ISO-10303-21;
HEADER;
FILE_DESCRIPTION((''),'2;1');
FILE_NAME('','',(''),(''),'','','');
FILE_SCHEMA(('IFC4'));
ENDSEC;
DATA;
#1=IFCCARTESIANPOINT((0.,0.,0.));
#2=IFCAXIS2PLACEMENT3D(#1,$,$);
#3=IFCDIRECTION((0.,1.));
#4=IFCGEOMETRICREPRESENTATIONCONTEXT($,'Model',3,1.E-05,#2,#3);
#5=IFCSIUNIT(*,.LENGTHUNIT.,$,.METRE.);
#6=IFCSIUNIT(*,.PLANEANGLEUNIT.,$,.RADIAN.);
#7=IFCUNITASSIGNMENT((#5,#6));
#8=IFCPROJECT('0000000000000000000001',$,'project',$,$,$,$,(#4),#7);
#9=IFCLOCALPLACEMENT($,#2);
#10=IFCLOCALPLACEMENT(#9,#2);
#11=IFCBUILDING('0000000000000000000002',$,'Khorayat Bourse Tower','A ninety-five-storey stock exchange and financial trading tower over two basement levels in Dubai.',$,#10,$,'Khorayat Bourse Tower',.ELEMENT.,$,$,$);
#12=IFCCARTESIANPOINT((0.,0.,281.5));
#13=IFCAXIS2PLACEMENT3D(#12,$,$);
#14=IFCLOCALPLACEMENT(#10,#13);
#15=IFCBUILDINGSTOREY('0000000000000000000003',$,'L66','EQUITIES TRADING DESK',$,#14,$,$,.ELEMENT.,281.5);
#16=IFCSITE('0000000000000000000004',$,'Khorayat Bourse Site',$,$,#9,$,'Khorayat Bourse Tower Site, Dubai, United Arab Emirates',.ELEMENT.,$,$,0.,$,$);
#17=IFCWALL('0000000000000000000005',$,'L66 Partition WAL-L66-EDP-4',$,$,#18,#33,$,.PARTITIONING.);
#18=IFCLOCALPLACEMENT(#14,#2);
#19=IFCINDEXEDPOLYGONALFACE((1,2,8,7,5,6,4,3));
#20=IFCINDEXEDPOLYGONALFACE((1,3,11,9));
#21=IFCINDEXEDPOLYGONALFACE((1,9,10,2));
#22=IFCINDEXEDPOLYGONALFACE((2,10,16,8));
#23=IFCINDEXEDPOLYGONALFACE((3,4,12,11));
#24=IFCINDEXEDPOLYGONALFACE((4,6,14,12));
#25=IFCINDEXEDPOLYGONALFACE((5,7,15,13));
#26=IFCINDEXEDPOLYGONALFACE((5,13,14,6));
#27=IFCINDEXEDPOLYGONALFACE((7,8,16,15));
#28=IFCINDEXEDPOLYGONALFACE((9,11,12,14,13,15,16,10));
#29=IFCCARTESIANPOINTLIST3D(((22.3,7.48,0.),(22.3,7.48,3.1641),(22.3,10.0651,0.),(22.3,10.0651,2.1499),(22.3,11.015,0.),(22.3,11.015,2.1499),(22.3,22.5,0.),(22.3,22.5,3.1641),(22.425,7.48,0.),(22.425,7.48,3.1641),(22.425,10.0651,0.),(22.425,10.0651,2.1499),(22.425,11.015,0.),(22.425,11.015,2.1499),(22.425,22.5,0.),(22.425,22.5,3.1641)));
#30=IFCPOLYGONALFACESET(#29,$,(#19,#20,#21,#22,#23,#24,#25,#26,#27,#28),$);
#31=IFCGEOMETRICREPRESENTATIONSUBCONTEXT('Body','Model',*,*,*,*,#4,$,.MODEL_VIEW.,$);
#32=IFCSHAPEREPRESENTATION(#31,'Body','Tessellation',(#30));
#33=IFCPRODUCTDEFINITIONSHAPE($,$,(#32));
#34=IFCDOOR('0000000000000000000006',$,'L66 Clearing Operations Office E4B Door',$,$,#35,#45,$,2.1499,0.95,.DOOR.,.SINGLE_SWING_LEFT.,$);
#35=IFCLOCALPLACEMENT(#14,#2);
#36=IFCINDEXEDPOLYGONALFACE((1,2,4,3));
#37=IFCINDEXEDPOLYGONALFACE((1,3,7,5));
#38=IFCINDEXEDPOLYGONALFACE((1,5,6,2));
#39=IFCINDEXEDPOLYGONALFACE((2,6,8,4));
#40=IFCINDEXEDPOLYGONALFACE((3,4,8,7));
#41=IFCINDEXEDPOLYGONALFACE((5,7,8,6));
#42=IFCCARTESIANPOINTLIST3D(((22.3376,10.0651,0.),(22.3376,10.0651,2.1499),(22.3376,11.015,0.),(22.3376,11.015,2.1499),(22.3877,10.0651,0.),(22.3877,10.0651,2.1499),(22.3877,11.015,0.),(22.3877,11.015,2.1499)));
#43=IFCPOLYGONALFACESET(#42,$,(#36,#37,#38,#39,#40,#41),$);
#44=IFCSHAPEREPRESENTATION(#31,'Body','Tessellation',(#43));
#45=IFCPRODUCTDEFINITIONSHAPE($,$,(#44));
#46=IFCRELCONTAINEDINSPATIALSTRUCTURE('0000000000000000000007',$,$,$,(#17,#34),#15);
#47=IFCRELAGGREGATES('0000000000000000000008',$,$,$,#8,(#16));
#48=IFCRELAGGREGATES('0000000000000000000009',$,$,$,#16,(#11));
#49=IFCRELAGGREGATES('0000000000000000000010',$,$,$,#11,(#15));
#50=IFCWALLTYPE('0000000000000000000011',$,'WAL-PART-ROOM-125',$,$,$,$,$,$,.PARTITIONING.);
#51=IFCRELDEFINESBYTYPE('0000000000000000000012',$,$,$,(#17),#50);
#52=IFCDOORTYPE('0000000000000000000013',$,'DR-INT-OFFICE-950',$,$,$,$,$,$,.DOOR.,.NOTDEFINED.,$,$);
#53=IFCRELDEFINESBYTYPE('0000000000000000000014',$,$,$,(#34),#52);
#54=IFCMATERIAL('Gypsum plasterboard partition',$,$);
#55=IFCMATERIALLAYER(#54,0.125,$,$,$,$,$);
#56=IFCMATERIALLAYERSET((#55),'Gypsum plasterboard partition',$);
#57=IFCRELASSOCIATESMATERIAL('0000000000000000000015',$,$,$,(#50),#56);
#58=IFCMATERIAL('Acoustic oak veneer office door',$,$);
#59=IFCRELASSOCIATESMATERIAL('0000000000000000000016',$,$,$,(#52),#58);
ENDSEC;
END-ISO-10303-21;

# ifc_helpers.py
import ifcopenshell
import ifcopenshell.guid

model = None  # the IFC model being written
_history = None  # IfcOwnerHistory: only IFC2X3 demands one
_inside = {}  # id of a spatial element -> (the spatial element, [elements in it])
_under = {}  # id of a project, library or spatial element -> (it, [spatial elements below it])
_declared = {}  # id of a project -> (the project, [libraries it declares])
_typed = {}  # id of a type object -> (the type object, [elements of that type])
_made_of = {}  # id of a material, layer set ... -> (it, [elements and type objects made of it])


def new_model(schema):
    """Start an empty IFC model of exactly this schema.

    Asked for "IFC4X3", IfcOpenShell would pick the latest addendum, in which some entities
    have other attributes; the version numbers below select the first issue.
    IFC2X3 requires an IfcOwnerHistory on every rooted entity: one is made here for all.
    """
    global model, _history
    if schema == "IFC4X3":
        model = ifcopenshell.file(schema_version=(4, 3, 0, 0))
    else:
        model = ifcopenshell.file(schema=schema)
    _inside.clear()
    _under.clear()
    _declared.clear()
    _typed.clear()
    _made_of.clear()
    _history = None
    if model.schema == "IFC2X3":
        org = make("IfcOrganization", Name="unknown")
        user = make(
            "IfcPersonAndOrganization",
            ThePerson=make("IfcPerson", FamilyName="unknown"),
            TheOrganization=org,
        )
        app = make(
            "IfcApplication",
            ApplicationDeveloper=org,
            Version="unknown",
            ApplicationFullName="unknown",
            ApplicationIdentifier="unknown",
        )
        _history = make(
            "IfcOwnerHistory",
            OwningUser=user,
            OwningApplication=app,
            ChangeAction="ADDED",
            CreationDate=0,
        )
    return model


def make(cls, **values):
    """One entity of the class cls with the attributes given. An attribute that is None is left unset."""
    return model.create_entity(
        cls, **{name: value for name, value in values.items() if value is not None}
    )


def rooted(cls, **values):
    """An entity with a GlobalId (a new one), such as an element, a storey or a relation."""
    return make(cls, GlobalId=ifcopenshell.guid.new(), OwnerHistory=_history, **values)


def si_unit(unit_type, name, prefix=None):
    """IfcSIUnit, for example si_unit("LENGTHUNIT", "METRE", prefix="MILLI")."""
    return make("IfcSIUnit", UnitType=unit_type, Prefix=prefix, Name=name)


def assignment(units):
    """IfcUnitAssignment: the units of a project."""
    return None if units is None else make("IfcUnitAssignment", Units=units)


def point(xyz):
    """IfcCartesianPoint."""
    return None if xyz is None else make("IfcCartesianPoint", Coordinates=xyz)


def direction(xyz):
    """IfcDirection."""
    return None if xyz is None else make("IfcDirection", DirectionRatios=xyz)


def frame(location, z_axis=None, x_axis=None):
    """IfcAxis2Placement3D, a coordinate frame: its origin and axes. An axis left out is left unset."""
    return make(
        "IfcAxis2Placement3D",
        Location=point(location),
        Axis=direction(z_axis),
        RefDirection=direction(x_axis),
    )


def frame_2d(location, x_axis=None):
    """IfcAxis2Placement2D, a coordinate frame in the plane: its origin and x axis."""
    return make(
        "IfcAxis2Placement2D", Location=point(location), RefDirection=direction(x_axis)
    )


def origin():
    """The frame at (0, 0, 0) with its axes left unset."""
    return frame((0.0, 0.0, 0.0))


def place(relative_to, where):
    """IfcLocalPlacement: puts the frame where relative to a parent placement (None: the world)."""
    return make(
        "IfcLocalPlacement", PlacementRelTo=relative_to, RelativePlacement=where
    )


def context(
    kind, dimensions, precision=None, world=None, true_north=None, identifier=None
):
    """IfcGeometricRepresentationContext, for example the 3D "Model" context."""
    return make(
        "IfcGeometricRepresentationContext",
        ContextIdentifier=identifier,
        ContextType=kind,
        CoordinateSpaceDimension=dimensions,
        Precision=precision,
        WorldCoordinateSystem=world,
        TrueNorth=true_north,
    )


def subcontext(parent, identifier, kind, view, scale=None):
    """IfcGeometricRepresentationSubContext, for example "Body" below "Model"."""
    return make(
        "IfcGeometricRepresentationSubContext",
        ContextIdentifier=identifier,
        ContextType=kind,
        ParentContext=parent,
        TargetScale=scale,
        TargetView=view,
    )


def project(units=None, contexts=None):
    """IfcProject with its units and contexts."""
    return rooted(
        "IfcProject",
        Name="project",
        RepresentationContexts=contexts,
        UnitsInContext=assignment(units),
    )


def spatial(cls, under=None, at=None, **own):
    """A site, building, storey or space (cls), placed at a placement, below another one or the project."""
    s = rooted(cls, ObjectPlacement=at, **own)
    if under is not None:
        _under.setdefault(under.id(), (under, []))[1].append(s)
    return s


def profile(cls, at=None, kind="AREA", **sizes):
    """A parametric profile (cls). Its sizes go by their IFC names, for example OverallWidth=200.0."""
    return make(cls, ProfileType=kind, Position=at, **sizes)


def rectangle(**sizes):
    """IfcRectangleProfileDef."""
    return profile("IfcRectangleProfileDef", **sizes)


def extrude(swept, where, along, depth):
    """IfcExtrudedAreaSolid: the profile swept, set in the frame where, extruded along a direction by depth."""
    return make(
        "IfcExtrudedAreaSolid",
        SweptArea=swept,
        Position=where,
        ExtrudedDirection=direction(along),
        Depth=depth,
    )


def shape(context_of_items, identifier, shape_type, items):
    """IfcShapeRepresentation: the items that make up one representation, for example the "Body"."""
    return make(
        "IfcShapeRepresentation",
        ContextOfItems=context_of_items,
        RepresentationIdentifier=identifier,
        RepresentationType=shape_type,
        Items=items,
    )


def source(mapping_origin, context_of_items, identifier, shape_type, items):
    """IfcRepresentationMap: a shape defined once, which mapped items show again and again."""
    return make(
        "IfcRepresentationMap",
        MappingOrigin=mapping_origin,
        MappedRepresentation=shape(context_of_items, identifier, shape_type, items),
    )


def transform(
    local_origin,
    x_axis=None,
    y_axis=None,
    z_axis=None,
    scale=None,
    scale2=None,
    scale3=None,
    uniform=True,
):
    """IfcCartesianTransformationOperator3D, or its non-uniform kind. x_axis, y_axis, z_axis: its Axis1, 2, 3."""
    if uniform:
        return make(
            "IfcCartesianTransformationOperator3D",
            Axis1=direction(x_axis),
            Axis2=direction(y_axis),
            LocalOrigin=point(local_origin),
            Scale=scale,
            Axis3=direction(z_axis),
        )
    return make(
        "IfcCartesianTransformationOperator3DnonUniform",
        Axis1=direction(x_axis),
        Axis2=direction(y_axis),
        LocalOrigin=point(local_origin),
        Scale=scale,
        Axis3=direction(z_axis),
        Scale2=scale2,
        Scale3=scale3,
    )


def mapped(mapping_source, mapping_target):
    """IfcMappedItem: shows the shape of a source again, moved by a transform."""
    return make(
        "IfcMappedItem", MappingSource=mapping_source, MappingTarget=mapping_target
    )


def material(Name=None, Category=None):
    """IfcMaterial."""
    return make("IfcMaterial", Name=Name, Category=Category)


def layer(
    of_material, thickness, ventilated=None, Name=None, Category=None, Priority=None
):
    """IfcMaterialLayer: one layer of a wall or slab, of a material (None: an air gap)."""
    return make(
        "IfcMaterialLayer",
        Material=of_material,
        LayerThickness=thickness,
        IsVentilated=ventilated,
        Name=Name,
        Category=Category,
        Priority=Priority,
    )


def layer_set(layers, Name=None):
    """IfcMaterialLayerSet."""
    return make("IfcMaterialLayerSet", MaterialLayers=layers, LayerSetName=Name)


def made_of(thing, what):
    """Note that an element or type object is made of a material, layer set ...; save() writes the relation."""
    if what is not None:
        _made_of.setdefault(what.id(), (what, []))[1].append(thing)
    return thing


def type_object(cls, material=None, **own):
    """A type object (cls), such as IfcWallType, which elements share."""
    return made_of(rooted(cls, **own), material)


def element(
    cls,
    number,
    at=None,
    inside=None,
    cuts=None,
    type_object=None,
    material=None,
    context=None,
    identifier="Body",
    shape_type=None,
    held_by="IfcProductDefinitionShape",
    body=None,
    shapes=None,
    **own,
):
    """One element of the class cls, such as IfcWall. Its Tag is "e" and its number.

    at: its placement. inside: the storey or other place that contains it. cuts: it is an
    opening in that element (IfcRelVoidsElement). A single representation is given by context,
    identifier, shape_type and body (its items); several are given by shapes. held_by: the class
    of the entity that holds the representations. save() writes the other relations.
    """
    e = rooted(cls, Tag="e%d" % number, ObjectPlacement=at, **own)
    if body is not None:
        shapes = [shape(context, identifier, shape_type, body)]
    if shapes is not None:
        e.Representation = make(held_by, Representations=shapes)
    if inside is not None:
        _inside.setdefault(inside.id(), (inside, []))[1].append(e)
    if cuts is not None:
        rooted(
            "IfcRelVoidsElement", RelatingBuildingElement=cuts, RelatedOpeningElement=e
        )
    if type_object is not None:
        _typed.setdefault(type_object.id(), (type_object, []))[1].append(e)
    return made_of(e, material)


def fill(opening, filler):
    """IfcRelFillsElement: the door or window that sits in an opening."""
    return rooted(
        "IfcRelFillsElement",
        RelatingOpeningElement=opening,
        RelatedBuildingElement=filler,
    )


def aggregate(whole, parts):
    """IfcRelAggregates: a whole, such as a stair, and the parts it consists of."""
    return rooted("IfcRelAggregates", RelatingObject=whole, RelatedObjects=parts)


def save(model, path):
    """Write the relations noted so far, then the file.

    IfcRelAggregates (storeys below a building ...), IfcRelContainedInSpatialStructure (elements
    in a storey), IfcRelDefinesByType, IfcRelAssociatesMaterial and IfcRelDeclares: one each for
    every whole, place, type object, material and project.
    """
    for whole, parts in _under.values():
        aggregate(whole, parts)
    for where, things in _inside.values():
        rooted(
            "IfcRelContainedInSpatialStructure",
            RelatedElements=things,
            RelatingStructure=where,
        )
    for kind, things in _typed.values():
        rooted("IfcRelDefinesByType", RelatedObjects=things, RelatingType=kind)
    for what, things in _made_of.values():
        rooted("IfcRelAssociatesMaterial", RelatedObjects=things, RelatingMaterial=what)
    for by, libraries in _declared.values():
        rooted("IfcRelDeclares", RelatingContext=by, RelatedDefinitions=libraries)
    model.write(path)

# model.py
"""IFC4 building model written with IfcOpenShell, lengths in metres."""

from ifc_helpers import new_model, si_unit, direction, frame, frame_2d, origin, place, context, subcontext, project, spatial, rectangle, extrude, source, transform, mapped, material, layer, layer_set, type_object, element, fill, save


model = new_model("IFC4")

# Units and contexts
model_context = context("Model", 3, precision=1e-05, world=origin(), true_north=direction((0.0, 1.0)))
body_context = subcontext(model_context, "Body", "Model", "MODEL_VIEW")
ifc_project = project(units=[si_unit("LENGTHUNIT", "METRE"), si_unit("PLANEANGLEUNIT", "RADIAN")], contexts=[model_context])

# Site, building, storey
site_placement = place(None, origin())
site = spatial("IfcSite", under=ifc_project, at=site_placement, Name="Khorayat Bourse Site", LongName="Khorayat Bourse Tower Site, Dubai, United Arab Emirates", CompositionType="ELEMENT", RefElevation=0.0)
building_placement = place(site_placement, origin())
building = spatial("IfcBuilding", under=site, at=building_placement, Name="Khorayat Bourse Tower", Description="A ninety-five-storey stock exchange and financial trading tower over two basement levels in Dubai.", LongName="Khorayat Bourse Tower", CompositionType="ELEMENT")
storey_placement = place(building_placement, frame((0.0, 0.0, 281.5)))
storey = spatial("IfcBuildingStorey", under=building, at=storey_placement, Name="L66", Description="EQUITIES TRADING DESK", CompositionType="ELEMENT", Elevation=281.5)

# Shared definitions
ifc_material_1 = material(Name="Gypsum plasterboard partition")
ifc_layer_1 = layer(ifc_material_1, 0.125)
ifc_layer_set_1 = layer_set([ifc_layer_1], Name="Gypsum plasterboard partition")
wall_type_1 = type_object("IfcWallType", Name="WAL-PART-ROOM-125", PredefinedType="PARTITIONING", material=ifc_layer_set_1)

# Wall, opening, door
shared_shape_1 = source(origin(), body_context, "Body", "SweptSolid", [
    extrude(rectangle(XDim=0.95, YDim=2.1499, at=frame_2d((0.4751, 1.075))), frame((0.0, 0.0725, 0.0), z_axis=(0.0, -1.0, 0.0), x_axis=(1.0, 0.0, 0.0)), (0.0, 0.0, 1.0), 0.145),
])
ifc_material_2 = material(Name="Acoustic oak veneer office door")
door_type = type_object("IfcDoorType", Name="DR-INT-OFFICE-950", OperationType="NOTDEFINED", PredefinedType="DOOR", material=ifc_material_2)
shared_shape_2 = source(origin(), body_context, "Body", "SweptSolid", [
    extrude(rectangle(XDim=0.95, YDim=2.1499, at=frame_2d((0.4751, 1.075))), frame((0.0, 0.0249, 0.0), z_axis=(0.0, -1.0, 0.0), x_axis=(1.0, 0.0, 0.0)), (0.0, 0.0, 1.0), 0.05),
])
shared_shape_3 = source(origin(), body_context, "Body", "SweptSolid", [
    extrude(rectangle(XDim=15.02, YDim=0.125, at=frame_2d((7.51, 0.0))), origin(), (0.0, 0.0, 1.0), 3.1641),
])
wall_1_placement = place(storey_placement, frame((22.3625, 7.48, 0.0), z_axis=(0.0, 0.0, 1.0), x_axis=(0.0, 1.0, 0.0)))
wall_1 = element("IfcWall", 1, at=wall_1_placement, inside=storey, type_object=wall_type_1, Name="L66 Partition WAL-L66-EDP-4", PredefinedType="PARTITIONING", context=body_context, shape_type="MappedRepresentation", body=[
    mapped(shared_shape_3, transform((0.0, 0.0, 0.0), scale=1.0)),
])
opening_1_placement = place(wall_1_placement, frame((2.585, 0.0, 0.0)))
opening_1 = element("IfcOpeningElement", 2, at=opening_1_placement, cuts=wall_1, PredefinedType="OPENING", context=body_context, shape_type="MappedRepresentation", body=[
    mapped(shared_shape_1, transform((0.0, 0.0, 0.0), scale=1.0)),
])
door_1_placement = place(opening_1_placement, origin())
door_1 = element("IfcDoor", 3, at=door_1_placement, inside=storey, type_object=door_type, Name="L66 Clearing Operations Office E4B Door", OperationType="SINGLE_SWING_LEFT", OverallHeight=2.1499, OverallWidth=0.95, PredefinedType="DOOR", context=body_context, shape_type="MappedRepresentation", body=[
    mapped(shared_shape_2, transform((0.0, 0.0, 0.0), scale=1.0)),
])
fill(opening_1, door_1)

save(model, "model.ifc")
